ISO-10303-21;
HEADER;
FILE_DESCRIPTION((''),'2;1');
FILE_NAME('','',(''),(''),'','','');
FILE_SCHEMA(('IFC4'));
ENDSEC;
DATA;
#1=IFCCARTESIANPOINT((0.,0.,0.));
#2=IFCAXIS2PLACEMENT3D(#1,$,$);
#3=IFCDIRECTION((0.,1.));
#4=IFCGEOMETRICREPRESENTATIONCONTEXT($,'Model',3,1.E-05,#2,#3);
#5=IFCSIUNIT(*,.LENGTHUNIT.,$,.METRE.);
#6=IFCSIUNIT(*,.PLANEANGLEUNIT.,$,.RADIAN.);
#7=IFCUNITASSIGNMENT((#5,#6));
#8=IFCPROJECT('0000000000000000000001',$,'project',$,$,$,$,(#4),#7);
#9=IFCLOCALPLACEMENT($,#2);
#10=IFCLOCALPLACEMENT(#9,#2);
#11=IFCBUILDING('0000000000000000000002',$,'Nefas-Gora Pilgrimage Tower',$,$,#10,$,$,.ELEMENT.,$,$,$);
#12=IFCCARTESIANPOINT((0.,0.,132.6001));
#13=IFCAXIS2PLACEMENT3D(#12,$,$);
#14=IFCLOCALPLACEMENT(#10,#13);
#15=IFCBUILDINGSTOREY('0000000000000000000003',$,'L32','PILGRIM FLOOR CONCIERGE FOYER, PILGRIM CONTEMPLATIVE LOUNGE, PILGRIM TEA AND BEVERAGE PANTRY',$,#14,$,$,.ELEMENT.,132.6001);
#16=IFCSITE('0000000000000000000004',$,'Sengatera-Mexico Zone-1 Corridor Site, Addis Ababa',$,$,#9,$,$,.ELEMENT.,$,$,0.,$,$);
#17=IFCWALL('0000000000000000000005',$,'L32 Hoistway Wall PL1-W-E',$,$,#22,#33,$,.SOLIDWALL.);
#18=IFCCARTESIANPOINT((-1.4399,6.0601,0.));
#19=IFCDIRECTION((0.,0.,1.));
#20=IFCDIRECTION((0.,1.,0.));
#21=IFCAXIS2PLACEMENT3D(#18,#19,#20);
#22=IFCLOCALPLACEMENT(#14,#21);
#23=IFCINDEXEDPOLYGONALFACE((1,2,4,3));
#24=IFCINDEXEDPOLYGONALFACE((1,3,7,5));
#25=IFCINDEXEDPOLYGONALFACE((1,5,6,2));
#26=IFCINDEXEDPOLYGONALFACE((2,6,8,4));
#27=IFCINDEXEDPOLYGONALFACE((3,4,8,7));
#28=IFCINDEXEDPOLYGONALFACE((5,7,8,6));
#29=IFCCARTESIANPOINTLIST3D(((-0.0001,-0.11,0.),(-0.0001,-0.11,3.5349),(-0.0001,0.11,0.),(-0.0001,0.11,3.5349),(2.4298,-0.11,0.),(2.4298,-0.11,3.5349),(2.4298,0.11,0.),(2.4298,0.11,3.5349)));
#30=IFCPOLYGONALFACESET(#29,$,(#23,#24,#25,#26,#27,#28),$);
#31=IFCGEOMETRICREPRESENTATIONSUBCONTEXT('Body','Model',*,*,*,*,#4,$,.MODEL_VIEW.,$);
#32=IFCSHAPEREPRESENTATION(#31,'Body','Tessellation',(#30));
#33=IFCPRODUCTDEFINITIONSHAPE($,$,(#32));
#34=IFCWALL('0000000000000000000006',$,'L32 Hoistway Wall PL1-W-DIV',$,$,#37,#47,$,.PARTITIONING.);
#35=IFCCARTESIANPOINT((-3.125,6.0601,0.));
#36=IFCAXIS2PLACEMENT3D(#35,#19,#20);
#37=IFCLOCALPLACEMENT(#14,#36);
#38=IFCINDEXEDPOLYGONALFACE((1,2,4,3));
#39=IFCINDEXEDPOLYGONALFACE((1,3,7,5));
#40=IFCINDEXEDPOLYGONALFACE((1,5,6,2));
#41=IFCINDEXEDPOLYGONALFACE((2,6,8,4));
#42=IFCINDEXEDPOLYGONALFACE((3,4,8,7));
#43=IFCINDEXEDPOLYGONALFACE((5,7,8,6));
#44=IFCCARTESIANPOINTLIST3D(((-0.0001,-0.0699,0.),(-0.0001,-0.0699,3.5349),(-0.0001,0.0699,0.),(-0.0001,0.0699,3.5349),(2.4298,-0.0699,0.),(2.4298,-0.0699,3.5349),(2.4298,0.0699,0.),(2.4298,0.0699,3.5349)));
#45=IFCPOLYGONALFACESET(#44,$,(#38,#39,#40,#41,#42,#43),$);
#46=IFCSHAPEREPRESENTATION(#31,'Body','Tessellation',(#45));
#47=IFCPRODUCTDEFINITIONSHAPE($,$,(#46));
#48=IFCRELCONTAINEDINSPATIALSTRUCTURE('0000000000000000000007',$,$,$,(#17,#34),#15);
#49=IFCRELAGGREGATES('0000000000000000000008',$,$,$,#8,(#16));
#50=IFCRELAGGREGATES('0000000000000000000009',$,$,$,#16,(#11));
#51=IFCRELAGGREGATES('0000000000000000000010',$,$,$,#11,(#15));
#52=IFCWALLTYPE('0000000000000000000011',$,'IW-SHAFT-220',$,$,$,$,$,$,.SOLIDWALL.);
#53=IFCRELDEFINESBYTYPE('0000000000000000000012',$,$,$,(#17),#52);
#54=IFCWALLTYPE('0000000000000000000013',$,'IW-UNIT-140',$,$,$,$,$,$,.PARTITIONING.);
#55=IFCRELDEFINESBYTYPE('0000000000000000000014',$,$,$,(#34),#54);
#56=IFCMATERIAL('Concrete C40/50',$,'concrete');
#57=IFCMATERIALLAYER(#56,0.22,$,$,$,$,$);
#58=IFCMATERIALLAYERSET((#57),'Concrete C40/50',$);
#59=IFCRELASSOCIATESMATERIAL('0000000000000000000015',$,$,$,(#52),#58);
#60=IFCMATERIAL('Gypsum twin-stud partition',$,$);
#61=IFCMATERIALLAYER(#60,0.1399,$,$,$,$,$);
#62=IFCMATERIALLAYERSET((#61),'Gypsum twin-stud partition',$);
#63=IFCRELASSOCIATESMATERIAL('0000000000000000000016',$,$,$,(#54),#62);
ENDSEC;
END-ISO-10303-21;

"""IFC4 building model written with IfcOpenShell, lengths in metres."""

from ifc_helpers import new_model, si_unit, direction, frame, frame_2d, origin, place, context, subcontext, project, spatial, rectangle, extrude, source, transform, mapped, material, layer, layer_set, type_object, element, save


model = new_model("IFC4")

# Units and contexts
model_context = context("Model", 3, precision=1e-05, world=origin(), true_north=direction((0.0, 1.0)))
body_context = subcontext(model_context, "Body", "Model", "MODEL_VIEW")
ifc_project = project(units=[si_unit("LENGTHUNIT", "METRE"), si_unit("PLANEANGLEUNIT", "RADIAN")], contexts=[model_context])

# Site, building, storey
site_placement = place(None, origin())
site = spatial("IfcSite", under=ifc_project, at=site_placement, Name="Sengatera-Mexico Zone-1 Corridor Site, Addis Ababa", CompositionType="ELEMENT", RefElevation=0.0)
building_placement = place(site_placement, origin())
building = spatial("IfcBuilding", under=site, at=building_placement, Name="Nefas-Gora Pilgrimage Tower", CompositionType="ELEMENT")
storey_placement = place(building_placement, frame((0.0, 0.0, 132.6001)))
storey = spatial("IfcBuildingStorey", under=building, at=storey_placement, Name="L32", Description="PILGRIM FLOOR CONCIERGE FOYER, PILGRIM CONTEMPLATIVE LOUNGE, PILGRIM TEA AND BEVERAGE PANTRY", CompositionType="ELEMENT", Elevation=132.6001)

# Shared definitions
ifc_material_1 = material(Name="Concrete C40/50", Category="concrete")

# Walls
ifc_layer_1 = layer(ifc_material_1, 0.22)
ifc_layer_set_1 = layer_set([ifc_layer_1], Name="Concrete C40/50")
wall_type_1 = type_object("IfcWallType", Name="IW-SHAFT-220", PredefinedType="SOLIDWALL", material=ifc_layer_set_1)
shared_shape_1 = source(origin(), body_context, "Body", "SweptSolid", [
    extrude(rectangle(XDim=2.4299, YDim=0.22, at=frame_2d((1.2148, 0.0))), origin(), (0.0, 0.0, 1.0), 3.5349),
])
wall_1_placement = place(storey_placement, frame((-1.4399, 6.0601, 0.0), z_axis=(0.0, 0.0, 1.0), x_axis=(0.0, 1.0, 0.0)))
element("IfcWall", 1, at=wall_1_placement, inside=storey, type_object=wall_type_1, Name="L32 Hoistway Wall PL1-W-E", PredefinedType="SOLIDWALL", context=body_context, shape_type="MappedRepresentation", body=[
    mapped(shared_shape_1, transform((0.0, 0.0, 0.0), x_axis=(1.0, 0.0, 0.0), y_axis=(0.0, 1.0, 0.0), z_axis=(0.0, 0.0, 1.0), scale=1.0)),
])
ifc_material_2 = material(Name="Gypsum twin-stud partition")
ifc_layer_2 = layer(ifc_material_2, 0.1399)
ifc_layer_set_2 = layer_set([ifc_layer_2], Name="Gypsum twin-stud partition")
wall_type_2 = type_object("IfcWallType", Name="IW-UNIT-140", PredefinedType="PARTITIONING", material=ifc_layer_set_2)
shared_shape_2 = source(origin(), body_context, "Body", "SweptSolid", [
    extrude(rectangle(XDim=2.4299, YDim=0.1399, at=frame_2d((1.2148, 0.0))), origin(), (0.0, 0.0, 1.0), 3.5349),
])
wall_2_placement = place(storey_placement, frame((-3.125, 6.0601, 0.0), z_axis=(0.0, 0.0, 1.0), x_axis=(0.0, 1.0, 0.0)))
element("IfcWall", 2, at=wall_2_placement, inside=storey, type_object=wall_type_2, Name="L32 Hoistway Wall PL1-W-DIV", PredefinedType="PARTITIONING", context=body_context, shape_type="MappedRepresentation", body=[
    mapped(shared_shape_2, transform((0.0, 0.0, 0.0), x_axis=(1.0, 0.0, 0.0), y_axis=(0.0, 1.0, 0.0), z_axis=(0.0, 0.0, 1.0), scale=1.0)),
])

save(model, "model.ifc")
